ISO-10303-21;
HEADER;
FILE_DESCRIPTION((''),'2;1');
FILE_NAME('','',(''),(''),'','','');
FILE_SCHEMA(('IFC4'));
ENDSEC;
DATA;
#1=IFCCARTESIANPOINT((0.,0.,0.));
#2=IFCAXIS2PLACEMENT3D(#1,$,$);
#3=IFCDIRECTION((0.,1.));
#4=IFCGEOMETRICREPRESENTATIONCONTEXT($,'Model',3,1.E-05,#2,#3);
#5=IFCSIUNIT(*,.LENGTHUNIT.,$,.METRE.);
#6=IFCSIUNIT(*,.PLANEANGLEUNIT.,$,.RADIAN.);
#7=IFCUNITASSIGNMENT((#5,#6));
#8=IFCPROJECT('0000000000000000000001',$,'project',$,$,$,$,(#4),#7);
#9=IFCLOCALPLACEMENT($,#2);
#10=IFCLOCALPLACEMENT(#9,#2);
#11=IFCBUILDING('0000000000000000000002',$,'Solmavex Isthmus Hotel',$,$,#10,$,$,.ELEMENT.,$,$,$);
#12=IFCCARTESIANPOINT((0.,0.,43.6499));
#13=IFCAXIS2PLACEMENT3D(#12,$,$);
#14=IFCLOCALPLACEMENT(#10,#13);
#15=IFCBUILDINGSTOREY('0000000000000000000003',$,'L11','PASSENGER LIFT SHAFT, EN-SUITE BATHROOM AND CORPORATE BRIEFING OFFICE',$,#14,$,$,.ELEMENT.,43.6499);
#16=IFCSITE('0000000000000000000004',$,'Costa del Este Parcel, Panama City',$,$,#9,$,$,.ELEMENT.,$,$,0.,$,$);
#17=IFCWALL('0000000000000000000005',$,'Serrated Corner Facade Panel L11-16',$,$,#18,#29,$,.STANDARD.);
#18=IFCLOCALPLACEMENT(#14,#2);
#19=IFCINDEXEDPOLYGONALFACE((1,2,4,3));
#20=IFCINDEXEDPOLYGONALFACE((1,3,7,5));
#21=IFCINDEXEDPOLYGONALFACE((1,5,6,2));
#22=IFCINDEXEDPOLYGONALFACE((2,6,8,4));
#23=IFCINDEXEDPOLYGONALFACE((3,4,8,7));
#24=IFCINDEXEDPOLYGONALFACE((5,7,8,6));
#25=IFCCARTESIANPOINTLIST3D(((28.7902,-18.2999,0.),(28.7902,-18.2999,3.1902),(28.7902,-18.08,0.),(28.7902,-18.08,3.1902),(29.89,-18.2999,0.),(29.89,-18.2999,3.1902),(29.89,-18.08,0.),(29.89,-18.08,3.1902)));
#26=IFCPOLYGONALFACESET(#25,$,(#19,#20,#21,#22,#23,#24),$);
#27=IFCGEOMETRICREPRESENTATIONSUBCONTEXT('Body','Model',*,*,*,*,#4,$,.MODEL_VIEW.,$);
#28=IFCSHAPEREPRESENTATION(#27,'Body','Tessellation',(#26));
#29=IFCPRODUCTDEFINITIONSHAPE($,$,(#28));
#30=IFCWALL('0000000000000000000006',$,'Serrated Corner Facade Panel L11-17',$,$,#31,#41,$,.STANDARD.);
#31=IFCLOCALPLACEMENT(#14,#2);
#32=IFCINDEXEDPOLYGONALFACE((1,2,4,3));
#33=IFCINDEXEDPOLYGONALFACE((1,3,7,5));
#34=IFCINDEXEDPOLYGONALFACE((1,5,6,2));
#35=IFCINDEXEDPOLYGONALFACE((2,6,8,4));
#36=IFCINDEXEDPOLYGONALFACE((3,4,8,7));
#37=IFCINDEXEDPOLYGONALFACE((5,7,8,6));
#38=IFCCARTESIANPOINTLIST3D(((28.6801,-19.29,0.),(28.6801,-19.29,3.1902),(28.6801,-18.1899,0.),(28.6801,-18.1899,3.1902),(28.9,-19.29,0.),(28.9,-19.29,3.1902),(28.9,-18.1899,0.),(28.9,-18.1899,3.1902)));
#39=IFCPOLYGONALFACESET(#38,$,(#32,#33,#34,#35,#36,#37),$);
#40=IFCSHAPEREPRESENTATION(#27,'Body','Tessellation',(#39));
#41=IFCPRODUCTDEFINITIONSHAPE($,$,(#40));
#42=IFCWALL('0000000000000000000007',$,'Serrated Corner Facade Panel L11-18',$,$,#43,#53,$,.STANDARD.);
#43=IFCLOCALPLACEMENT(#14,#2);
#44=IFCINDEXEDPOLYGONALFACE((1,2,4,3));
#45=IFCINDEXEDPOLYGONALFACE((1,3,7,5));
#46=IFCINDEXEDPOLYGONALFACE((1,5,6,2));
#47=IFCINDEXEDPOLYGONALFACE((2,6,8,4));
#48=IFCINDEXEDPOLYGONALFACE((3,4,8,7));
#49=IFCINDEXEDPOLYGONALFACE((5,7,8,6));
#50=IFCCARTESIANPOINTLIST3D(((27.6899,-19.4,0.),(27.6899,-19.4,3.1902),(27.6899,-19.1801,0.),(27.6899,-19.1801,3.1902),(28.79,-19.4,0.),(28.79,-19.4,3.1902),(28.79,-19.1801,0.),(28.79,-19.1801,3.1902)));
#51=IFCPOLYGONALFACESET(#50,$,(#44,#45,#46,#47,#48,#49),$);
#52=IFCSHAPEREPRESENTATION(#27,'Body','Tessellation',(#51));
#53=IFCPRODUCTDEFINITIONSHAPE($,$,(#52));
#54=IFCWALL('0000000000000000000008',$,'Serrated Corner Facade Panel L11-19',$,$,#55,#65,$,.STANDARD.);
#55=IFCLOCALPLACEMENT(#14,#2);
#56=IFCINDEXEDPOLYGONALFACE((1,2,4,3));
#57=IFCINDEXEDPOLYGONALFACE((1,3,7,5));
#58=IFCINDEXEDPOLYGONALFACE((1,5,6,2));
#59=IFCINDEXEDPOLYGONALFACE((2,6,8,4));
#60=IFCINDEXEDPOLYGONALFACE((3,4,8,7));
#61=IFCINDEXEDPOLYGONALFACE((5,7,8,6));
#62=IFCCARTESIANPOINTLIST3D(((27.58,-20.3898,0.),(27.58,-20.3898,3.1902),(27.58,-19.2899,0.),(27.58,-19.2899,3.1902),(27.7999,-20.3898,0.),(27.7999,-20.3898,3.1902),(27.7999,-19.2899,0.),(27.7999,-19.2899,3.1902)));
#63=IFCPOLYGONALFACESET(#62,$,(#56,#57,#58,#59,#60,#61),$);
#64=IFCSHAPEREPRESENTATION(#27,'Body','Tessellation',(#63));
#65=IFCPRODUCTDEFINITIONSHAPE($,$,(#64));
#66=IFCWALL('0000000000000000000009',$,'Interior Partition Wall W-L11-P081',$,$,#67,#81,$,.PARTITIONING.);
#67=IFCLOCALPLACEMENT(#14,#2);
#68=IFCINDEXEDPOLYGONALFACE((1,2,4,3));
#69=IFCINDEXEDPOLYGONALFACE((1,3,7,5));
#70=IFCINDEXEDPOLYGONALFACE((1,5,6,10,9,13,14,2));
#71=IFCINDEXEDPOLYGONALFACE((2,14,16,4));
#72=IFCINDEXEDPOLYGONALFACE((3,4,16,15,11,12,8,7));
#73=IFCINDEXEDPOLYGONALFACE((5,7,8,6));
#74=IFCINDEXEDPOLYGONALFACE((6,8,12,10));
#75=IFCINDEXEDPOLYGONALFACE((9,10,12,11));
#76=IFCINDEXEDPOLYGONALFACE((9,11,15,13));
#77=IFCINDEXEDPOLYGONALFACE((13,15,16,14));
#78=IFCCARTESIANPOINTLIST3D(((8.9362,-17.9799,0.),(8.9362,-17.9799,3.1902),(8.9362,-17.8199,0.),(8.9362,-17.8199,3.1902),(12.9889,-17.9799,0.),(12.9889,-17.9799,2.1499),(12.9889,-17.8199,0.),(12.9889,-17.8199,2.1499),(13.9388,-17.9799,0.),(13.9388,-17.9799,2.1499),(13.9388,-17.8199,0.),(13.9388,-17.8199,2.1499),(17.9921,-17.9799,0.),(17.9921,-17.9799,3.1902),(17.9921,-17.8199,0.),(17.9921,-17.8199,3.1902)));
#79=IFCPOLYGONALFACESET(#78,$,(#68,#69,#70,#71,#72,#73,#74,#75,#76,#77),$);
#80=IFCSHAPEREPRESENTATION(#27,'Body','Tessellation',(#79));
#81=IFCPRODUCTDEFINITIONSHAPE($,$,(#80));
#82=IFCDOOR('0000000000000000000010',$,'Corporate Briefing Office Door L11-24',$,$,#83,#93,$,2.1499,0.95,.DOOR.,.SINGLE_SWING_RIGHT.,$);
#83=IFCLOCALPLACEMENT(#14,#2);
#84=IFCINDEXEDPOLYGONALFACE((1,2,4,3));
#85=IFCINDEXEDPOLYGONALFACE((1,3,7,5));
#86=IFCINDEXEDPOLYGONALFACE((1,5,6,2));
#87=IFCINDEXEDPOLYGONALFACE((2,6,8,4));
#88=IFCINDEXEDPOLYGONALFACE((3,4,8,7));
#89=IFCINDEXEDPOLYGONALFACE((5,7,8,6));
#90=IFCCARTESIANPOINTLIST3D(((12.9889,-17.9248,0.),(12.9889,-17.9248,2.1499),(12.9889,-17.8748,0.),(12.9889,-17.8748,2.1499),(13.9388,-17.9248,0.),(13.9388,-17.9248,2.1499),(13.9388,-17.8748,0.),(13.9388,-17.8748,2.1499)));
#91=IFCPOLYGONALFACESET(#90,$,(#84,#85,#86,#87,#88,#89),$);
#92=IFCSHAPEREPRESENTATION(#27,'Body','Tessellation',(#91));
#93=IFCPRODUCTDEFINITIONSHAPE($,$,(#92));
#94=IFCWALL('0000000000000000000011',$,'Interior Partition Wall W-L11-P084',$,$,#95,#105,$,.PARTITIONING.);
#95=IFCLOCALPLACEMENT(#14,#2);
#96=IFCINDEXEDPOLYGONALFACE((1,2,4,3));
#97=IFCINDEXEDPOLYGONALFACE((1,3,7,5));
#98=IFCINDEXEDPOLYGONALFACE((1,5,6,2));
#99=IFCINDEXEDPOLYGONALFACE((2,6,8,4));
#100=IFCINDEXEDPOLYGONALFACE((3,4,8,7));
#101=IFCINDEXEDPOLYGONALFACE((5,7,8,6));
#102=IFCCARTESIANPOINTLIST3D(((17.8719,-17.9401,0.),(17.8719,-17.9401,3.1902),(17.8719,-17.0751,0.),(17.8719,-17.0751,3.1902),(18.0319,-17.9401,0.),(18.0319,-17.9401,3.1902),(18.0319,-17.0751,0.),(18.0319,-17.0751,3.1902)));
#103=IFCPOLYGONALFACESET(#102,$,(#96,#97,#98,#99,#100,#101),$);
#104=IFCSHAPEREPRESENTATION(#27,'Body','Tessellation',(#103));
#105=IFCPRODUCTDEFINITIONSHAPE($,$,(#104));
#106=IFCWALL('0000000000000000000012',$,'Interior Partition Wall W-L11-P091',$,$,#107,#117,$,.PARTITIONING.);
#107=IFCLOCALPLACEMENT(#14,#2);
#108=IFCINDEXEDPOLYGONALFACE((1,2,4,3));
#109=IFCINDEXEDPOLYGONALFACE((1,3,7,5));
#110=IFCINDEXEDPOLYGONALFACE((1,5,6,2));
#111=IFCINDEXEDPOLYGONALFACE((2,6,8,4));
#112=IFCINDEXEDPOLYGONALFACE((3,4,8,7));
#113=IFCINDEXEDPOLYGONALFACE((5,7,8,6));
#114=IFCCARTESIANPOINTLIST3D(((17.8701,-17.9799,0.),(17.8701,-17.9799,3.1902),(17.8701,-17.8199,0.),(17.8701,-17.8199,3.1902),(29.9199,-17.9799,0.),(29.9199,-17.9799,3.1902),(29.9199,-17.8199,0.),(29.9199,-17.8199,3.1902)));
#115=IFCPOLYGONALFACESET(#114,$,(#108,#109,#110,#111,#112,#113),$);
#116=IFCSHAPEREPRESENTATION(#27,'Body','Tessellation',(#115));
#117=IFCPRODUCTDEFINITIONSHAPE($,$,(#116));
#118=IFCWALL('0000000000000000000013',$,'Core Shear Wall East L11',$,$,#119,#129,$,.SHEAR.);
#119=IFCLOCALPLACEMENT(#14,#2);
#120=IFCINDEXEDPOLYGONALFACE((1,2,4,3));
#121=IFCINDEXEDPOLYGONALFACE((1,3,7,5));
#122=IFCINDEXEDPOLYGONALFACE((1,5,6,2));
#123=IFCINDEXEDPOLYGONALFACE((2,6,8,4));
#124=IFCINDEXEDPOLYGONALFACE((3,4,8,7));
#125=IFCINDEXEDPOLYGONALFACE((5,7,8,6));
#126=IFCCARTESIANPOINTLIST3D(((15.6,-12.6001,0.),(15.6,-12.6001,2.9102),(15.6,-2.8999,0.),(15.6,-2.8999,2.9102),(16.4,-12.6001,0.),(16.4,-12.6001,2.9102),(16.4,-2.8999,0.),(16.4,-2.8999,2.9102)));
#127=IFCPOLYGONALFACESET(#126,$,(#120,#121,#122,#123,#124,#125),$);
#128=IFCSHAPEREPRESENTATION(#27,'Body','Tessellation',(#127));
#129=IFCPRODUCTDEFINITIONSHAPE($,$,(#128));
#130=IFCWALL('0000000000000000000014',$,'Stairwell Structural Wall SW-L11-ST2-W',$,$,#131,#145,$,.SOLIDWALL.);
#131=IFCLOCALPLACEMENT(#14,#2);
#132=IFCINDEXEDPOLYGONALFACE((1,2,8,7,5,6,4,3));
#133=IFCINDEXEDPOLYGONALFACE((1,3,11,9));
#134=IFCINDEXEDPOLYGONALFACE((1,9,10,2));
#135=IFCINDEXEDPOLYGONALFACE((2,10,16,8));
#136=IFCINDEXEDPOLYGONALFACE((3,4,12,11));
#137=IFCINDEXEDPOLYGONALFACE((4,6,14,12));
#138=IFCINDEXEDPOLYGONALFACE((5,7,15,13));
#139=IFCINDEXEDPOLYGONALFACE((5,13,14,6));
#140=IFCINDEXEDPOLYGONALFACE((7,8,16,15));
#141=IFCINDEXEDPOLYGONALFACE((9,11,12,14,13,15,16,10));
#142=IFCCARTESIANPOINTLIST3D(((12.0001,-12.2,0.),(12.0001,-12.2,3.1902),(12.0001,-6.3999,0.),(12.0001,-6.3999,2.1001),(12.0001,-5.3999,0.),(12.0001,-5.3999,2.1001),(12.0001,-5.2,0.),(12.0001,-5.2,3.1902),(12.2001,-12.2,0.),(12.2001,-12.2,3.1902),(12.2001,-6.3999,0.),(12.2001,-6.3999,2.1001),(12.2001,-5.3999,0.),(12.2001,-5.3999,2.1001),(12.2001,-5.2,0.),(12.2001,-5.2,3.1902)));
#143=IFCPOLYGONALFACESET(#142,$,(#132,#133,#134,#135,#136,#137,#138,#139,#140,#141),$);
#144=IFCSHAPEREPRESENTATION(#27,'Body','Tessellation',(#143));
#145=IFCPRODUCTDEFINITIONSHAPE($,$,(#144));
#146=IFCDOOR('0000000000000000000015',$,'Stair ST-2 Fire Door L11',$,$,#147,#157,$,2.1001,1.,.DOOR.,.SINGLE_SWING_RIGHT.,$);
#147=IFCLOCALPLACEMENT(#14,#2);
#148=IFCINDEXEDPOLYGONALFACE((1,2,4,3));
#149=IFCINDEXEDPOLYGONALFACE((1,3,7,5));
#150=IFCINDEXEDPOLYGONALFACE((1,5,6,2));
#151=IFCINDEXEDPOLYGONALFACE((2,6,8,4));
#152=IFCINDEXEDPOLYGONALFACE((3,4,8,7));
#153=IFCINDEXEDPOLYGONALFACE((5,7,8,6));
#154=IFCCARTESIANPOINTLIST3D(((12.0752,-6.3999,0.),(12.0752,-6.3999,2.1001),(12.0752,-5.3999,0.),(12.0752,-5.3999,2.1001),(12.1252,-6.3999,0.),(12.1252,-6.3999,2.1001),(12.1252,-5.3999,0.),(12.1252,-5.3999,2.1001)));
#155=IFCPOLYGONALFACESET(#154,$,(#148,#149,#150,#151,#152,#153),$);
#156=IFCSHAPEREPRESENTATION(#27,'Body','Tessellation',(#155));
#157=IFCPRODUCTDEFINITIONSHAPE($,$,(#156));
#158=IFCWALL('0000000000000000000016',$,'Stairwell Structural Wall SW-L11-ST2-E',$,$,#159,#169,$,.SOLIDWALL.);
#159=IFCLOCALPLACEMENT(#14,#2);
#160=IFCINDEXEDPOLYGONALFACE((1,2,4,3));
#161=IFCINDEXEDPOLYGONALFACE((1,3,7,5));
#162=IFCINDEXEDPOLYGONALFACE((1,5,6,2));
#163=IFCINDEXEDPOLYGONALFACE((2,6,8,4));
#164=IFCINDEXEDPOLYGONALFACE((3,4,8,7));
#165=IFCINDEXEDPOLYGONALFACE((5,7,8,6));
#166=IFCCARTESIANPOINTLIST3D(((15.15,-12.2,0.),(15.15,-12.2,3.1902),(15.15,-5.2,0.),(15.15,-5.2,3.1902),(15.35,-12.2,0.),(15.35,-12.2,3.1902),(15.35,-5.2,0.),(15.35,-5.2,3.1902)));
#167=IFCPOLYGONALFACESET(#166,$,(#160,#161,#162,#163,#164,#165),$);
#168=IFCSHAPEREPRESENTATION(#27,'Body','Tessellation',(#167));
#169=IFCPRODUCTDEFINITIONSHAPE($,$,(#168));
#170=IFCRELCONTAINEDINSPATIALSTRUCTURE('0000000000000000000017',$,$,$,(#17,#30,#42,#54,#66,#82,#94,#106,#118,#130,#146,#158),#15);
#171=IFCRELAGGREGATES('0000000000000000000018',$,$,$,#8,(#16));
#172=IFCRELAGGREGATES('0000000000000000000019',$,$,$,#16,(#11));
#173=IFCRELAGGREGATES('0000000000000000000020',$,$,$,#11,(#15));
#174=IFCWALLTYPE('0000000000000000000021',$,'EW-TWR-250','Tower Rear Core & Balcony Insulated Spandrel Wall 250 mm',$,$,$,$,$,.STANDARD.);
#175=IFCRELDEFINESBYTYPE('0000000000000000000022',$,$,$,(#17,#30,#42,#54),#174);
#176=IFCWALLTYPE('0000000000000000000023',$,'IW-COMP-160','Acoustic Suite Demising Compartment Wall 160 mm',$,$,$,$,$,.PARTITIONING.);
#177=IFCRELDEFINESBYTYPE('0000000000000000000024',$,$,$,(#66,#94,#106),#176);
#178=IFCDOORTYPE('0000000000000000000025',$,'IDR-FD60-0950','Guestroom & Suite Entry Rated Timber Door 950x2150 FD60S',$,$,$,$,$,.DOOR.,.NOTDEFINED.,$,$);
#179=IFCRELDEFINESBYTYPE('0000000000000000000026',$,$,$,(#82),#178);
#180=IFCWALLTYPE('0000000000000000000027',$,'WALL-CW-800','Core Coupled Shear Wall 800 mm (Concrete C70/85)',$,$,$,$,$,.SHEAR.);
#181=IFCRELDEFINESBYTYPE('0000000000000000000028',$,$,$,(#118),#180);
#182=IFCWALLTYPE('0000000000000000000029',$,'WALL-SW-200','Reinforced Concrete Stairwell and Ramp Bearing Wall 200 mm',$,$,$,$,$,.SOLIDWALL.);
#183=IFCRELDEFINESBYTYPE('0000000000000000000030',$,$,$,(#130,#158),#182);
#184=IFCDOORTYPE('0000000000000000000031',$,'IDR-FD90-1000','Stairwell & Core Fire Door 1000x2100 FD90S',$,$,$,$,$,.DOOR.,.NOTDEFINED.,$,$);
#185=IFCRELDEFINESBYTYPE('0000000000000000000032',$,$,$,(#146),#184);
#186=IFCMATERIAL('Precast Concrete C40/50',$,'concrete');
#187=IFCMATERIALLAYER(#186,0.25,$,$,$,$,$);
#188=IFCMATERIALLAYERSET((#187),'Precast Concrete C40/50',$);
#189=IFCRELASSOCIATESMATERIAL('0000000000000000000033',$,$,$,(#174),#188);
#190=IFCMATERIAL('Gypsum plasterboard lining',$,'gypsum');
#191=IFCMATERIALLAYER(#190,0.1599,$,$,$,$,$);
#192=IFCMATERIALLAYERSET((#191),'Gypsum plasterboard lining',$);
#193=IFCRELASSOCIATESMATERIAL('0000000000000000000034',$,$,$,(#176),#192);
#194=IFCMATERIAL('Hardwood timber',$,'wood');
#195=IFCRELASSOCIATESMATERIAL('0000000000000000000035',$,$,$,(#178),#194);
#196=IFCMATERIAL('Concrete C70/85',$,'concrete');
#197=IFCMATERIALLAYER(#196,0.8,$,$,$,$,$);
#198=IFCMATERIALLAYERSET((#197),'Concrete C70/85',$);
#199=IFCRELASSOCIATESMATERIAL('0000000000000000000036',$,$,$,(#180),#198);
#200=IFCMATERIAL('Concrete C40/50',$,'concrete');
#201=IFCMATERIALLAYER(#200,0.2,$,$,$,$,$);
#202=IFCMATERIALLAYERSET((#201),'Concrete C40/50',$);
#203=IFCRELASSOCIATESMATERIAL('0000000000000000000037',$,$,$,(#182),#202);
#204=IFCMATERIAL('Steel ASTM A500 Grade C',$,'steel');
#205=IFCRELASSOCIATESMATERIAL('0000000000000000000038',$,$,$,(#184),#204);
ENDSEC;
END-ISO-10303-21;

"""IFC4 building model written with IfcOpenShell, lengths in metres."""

from ifc_helpers import new_model, si_unit, direction, frame, frame_2d, origin, place, context, subcontext, project, spatial, rectangle, extrude, material, layer, layer_set, type_object, element, fill, save


model = new_model("IFC4")

# Units and contexts
model_context = context("Model", 3, precision=1e-05, world=origin(), true_north=direction((0.0, 1.0)))
body_context = subcontext(model_context, "Body", "Model", "MODEL_VIEW")
ifc_project = project(units=[si_unit("LENGTHUNIT", "METRE"), si_unit("PLANEANGLEUNIT", "RADIAN")], contexts=[model_context])

# Site, building, storey
site_placement = place(None, origin())
site = spatial("IfcSite", under=ifc_project, at=site_placement, Name="Costa del Este Parcel, Panama City", CompositionType="ELEMENT", RefElevation=0.0)
building_placement = place(site_placement, origin())
building = spatial("IfcBuilding", under=site, at=building_placement, Name="Solmavex Isthmus Hotel", CompositionType="ELEMENT")
storey_placement = place(building_placement, frame((0.0, 0.0, 43.6499)))
storey = spatial("IfcBuildingStorey", under=building, at=storey_placement, Name="L11", Description="PASSENGER LIFT SHAFT, EN-SUITE BATHROOM AND CORPORATE BRIEFING OFFICE", CompositionType="ELEMENT", Elevation=43.6499)

# Shared definitions
ifc_material_1 = material(Name="Concrete C70/85", Category="concrete")

# Walls
ifc_material_2 = material(Name="Precast Concrete C40/50", Category="concrete")
ifc_layer_1 = layer(ifc_material_2, 0.25)
ifc_layer_set_1 = layer_set([ifc_layer_1], Name="Precast Concrete C40/50")
wall_type_1 = type_object("IfcWallType", Name="EW-TWR-250", Description="Tower Rear Core & Balcony Insulated Spandrel Wall 250 mm", PredefinedType="STANDARD", material=ifc_layer_set_1)
wall_1_placement = place(storey_placement, frame((29.8899, -18.1899, 0.0), z_axis=(0.0, 0.0, 1.0), x_axis=(-1.0, 0.0, 0.0)))
element("IfcWall", 1, at=wall_1_placement, inside=storey, type_object=wall_type_1, Name="Serrated Corner Facade Panel L11-16", PredefinedType="STANDARD", context=body_context, shape_type="SweptSolid", body=[
    extrude(rectangle(XDim=1.0999, YDim=0.22, at=frame_2d((0.5498, 0.0))), origin(), (0.0, 0.0, 1.0), 3.1902),
])
for number, where, z_axis, x_axis, name in (
    (2, (28.79, -18.1899, 0.0), (0.0, 0.0, 1.0), (0.0, -1.0, 0.0), "Serrated Corner Facade Panel L11-17"),
    (3, (28.79, -19.29, 0.0), (0.0, 0.0, 1.0), (-1.0, 0.0, 0.0), "Serrated Corner Facade Panel L11-18"),
):
    element("IfcWall", number, at=place(storey_placement, frame(where, z_axis=z_axis, x_axis=x_axis)), inside=storey, type_object=wall_type_1, Name=name, PredefinedType="STANDARD", context=body_context, shape_type="SweptSolid", body=[
        extrude(rectangle(XDim=1.1001, YDim=0.22, at=frame_2d((0.55, 0.0))), origin(), (0.0, 0.0, 1.0), 3.1902),
    ])
wall_2_placement = place(storey_placement, frame((27.6899, -19.29, 0.0), z_axis=(0.0, 0.0, 1.0), x_axis=(0.0, -1.0, 0.0)))
element("IfcWall", 4, at=wall_2_placement, inside=storey, type_object=wall_type_1, Name="Serrated Corner Facade Panel L11-19", PredefinedType="STANDARD", context=body_context, shape_type="SweptSolid", body=[
    extrude(rectangle(XDim=1.0999, YDim=0.22, at=frame_2d((0.5498, 0.0))), origin(), (0.0, 0.0, 1.0), 3.1902),
])

# Wall, opening, door
ifc_material_3 = material(Name="Gypsum plasterboard lining", Category="gypsum")
ifc_layer_2 = layer(ifc_material_3, 0.1599)
ifc_layer_set_2 = layer_set([ifc_layer_2], Name="Gypsum plasterboard lining")
wall_type_2 = type_object("IfcWallType", Name="IW-COMP-160", Description="Acoustic Suite Demising Compartment Wall 160 mm", PredefinedType="PARTITIONING", material=ifc_layer_set_2)
wall_3_placement = place(storey_placement, frame((17.9919, -17.8999, 0.0), z_axis=(0.0, 0.0, 1.0), x_axis=(-1.0, 0.0, 0.0)))
wall_3 = element("IfcWall", 5, at=wall_3_placement, inside=storey, type_object=wall_type_2, Name="Interior Partition Wall W-L11-P081", PredefinedType="PARTITIONING", context=body_context, shape_type="SweptSolid", body=[
    extrude(rectangle(XDim=9.0559, YDim=0.1599, at=frame_2d((4.5278, 0.0))), origin(), (0.0, 0.0, 1.0), 3.1902),
])
opening_1_placement = place(wall_3_placement, frame((4.053, 0.0, 0.0)))
opening_1 = element("IfcOpeningElement", 6, at=opening_1_placement, cuts=wall_3, PredefinedType="OPENING", context=body_context, shape_type="SweptSolid", body=[
    extrude(rectangle(XDim=0.95, YDim=2.1499, at=frame_2d((0.4751, 1.075))), frame((0.0, 0.0898, 0.0), z_axis=(0.0, -1.0, 0.0), x_axis=(1.0, 0.0, 0.0)), (0.0, 0.0, 1.0), 0.1799),
])
ifc_material_4 = material(Name="Hardwood timber", Category="wood")
door_type_1 = type_object("IfcDoorType", Name="IDR-FD60-0950", Description="Guestroom & Suite Entry Rated Timber Door 950x2150 FD60S", OperationType="NOTDEFINED", PredefinedType="DOOR", material=ifc_material_4)
door_1_placement = place(opening_1_placement, origin())
door_1 = element("IfcDoor", 7, at=door_1_placement, inside=storey, type_object=door_type_1, Name="Corporate Briefing Office Door L11-24", OperationType="SINGLE_SWING_RIGHT", OverallHeight=2.1499, OverallWidth=0.95, PredefinedType="DOOR", context=body_context, shape_type="SweptSolid", body=[
    extrude(rectangle(XDim=0.95, YDim=2.1499, at=frame_2d((0.4751, 1.075))), frame((0.0, 0.0249, 0.0), z_axis=(0.0, -1.0, 0.0), x_axis=(1.0, 0.0, 0.0)), (0.0, 0.0, 1.0), 0.05),
])
fill(opening_1, door_1)

# Walls
wall_4_placement = place(storey_placement, frame((17.9519, -17.075, 0.0), z_axis=(0.0, 0.0, 1.0), x_axis=(0.0, -1.0, 0.0)))
element("IfcWall", 8, at=wall_4_placement, inside=storey, type_object=wall_type_2, Name="Interior Partition Wall W-L11-P084", PredefinedType="PARTITIONING", context=body_context, shape_type="SweptSolid", body=[
    extrude(rectangle(XDim=0.865, YDim=0.1599, at=frame_2d((0.4326, 0.0))), origin(), (0.0, 0.0, 1.0), 3.1902),
])
wall_5_placement = place(storey_placement, frame((17.8701, -17.8999, 0.0), z_axis=(0.0, 0.0, 1.0), x_axis=(1.0, 0.0, 0.0)))
element("IfcWall", 9, at=wall_5_placement, inside=storey, type_object=wall_type_2, Name="Interior Partition Wall W-L11-P091", PredefinedType="PARTITIONING", context=body_context, shape_type="SweptSolid", body=[
    extrude(rectangle(XDim=12.0498, YDim=0.1599, at=frame_2d((6.0249, 0.0))), origin(), (0.0, 0.0, 1.0), 3.1902),
])
ifc_layer_3 = layer(ifc_material_1, 0.8)
ifc_layer_set_3 = layer_set([ifc_layer_3], Name="Concrete C70/85")
wall_type_3 = type_object("IfcWallType", Name="WALL-CW-800", Description="Core Coupled Shear Wall 800 mm (Concrete C70/85)", PredefinedType="SHEAR", material=ifc_layer_set_3)
wall_6_placement = place(storey_placement, frame((16.0, -12.6001, 0.0), z_axis=(0.0, 0.0, 1.0), x_axis=(0.0, 1.0, 0.0)))
element("IfcWall", 10, at=wall_6_placement, inside=storey, type_object=wall_type_3, Name="Core Shear Wall East L11", PredefinedType="SHEAR", context=body_context, shape_type="SweptSolid", body=[
    extrude(rectangle(XDim=9.7002, YDim=0.8, at=frame_2d((4.8501, 0.0))), origin(), (0.0, 0.0, 1.0), 2.9102),
])

# Wall, opening, door
ifc_material_5 = material(Name="Concrete C40/50", Category="concrete")
ifc_layer_4 = layer(ifc_material_5, 0.2)
ifc_layer_set_4 = layer_set([ifc_layer_4], Name="Concrete C40/50")
wall_type_4 = type_object("IfcWallType", Name="WALL-SW-200", Description="Reinforced Concrete Stairwell and Ramp Bearing Wall 200 mm", PredefinedType="SOLIDWALL", material=ifc_layer_set_4)
wall_7_placement = place(storey_placement, frame((12.1001, -12.2, 0.0), z_axis=(0.0, 0.0, 1.0), x_axis=(0.0, 1.0, 0.0)))
wall_7 = element("IfcWall", 11, at=wall_7_placement, inside=storey, type_object=wall_type_4, Name="Stairwell Structural Wall SW-L11-ST2-W", PredefinedType="SOLIDWALL", context=body_context, shape_type="SweptSolid", body=[
    extrude(rectangle(XDim=7.0, YDim=0.2, at=frame_2d((3.5, 0.0))), origin(), (0.0, 0.0, 1.0), 3.1902),
])
opening_2_placement = place(wall_7_placement, frame((5.8, 0.0, 0.0)))
opening_2 = element("IfcOpeningElement", 12, at=opening_2_placement, cuts=wall_7, PredefinedType="OPENING", context=body_context, shape_type="SweptSolid", body=[
    extrude(rectangle(XDim=1.0, YDim=2.1001, at=frame_2d((0.5, 1.05))), frame((0.0, 0.1099, 0.0), z_axis=(0.0, -1.0, 0.0), x_axis=(1.0, 0.0, 0.0)), (0.0, 0.0, 1.0), 0.22),
])
ifc_material_6 = material(Name="Steel ASTM A500 Grade C", Category="steel")
door_type_2 = type_object("IfcDoorType", Name="IDR-FD90-1000", Description="Stairwell & Core Fire Door 1000x2100 FD90S", OperationType="NOTDEFINED", PredefinedType="DOOR", material=ifc_material_6)
door_2_placement = place(opening_2_placement, origin())
door_2 = element("IfcDoor", 13, at=door_2_placement, inside=storey, type_object=door_type_2, Name="Stair ST-2 Fire Door L11", OperationType="SINGLE_SWING_RIGHT", OverallHeight=2.1001, OverallWidth=1.0, PredefinedType="DOOR", context=body_context, shape_type="SweptSolid", body=[
    extrude(rectangle(XDim=1.0, YDim=2.1001, at=frame_2d((0.5, 1.05))), frame((0.0, 0.0249, 0.0), z_axis=(0.0, -1.0, 0.0), x_axis=(1.0, 0.0, 0.0)), (0.0, 0.0, 1.0), 0.05),
])
fill(opening_2, door_2)

# Wall
wall_8_placement = place(storey_placement, frame((15.25, -12.2, 0.0), z_axis=(0.0, 0.0, 1.0), x_axis=(0.0, 1.0, 0.0)))
element("IfcWall", 14, at=wall_8_placement, inside=storey, type_object=wall_type_4, Name="Stairwell Structural Wall SW-L11-ST2-E", PredefinedType="SOLIDWALL", context=body_context, shape_type="SweptSolid", body=[
    extrude(rectangle(XDim=7.0, YDim=0.2, at=frame_2d((3.5, 0.0))), origin(), (0.0, 0.0, 1.0), 3.1902),
])

save(model, "model.ifc")
